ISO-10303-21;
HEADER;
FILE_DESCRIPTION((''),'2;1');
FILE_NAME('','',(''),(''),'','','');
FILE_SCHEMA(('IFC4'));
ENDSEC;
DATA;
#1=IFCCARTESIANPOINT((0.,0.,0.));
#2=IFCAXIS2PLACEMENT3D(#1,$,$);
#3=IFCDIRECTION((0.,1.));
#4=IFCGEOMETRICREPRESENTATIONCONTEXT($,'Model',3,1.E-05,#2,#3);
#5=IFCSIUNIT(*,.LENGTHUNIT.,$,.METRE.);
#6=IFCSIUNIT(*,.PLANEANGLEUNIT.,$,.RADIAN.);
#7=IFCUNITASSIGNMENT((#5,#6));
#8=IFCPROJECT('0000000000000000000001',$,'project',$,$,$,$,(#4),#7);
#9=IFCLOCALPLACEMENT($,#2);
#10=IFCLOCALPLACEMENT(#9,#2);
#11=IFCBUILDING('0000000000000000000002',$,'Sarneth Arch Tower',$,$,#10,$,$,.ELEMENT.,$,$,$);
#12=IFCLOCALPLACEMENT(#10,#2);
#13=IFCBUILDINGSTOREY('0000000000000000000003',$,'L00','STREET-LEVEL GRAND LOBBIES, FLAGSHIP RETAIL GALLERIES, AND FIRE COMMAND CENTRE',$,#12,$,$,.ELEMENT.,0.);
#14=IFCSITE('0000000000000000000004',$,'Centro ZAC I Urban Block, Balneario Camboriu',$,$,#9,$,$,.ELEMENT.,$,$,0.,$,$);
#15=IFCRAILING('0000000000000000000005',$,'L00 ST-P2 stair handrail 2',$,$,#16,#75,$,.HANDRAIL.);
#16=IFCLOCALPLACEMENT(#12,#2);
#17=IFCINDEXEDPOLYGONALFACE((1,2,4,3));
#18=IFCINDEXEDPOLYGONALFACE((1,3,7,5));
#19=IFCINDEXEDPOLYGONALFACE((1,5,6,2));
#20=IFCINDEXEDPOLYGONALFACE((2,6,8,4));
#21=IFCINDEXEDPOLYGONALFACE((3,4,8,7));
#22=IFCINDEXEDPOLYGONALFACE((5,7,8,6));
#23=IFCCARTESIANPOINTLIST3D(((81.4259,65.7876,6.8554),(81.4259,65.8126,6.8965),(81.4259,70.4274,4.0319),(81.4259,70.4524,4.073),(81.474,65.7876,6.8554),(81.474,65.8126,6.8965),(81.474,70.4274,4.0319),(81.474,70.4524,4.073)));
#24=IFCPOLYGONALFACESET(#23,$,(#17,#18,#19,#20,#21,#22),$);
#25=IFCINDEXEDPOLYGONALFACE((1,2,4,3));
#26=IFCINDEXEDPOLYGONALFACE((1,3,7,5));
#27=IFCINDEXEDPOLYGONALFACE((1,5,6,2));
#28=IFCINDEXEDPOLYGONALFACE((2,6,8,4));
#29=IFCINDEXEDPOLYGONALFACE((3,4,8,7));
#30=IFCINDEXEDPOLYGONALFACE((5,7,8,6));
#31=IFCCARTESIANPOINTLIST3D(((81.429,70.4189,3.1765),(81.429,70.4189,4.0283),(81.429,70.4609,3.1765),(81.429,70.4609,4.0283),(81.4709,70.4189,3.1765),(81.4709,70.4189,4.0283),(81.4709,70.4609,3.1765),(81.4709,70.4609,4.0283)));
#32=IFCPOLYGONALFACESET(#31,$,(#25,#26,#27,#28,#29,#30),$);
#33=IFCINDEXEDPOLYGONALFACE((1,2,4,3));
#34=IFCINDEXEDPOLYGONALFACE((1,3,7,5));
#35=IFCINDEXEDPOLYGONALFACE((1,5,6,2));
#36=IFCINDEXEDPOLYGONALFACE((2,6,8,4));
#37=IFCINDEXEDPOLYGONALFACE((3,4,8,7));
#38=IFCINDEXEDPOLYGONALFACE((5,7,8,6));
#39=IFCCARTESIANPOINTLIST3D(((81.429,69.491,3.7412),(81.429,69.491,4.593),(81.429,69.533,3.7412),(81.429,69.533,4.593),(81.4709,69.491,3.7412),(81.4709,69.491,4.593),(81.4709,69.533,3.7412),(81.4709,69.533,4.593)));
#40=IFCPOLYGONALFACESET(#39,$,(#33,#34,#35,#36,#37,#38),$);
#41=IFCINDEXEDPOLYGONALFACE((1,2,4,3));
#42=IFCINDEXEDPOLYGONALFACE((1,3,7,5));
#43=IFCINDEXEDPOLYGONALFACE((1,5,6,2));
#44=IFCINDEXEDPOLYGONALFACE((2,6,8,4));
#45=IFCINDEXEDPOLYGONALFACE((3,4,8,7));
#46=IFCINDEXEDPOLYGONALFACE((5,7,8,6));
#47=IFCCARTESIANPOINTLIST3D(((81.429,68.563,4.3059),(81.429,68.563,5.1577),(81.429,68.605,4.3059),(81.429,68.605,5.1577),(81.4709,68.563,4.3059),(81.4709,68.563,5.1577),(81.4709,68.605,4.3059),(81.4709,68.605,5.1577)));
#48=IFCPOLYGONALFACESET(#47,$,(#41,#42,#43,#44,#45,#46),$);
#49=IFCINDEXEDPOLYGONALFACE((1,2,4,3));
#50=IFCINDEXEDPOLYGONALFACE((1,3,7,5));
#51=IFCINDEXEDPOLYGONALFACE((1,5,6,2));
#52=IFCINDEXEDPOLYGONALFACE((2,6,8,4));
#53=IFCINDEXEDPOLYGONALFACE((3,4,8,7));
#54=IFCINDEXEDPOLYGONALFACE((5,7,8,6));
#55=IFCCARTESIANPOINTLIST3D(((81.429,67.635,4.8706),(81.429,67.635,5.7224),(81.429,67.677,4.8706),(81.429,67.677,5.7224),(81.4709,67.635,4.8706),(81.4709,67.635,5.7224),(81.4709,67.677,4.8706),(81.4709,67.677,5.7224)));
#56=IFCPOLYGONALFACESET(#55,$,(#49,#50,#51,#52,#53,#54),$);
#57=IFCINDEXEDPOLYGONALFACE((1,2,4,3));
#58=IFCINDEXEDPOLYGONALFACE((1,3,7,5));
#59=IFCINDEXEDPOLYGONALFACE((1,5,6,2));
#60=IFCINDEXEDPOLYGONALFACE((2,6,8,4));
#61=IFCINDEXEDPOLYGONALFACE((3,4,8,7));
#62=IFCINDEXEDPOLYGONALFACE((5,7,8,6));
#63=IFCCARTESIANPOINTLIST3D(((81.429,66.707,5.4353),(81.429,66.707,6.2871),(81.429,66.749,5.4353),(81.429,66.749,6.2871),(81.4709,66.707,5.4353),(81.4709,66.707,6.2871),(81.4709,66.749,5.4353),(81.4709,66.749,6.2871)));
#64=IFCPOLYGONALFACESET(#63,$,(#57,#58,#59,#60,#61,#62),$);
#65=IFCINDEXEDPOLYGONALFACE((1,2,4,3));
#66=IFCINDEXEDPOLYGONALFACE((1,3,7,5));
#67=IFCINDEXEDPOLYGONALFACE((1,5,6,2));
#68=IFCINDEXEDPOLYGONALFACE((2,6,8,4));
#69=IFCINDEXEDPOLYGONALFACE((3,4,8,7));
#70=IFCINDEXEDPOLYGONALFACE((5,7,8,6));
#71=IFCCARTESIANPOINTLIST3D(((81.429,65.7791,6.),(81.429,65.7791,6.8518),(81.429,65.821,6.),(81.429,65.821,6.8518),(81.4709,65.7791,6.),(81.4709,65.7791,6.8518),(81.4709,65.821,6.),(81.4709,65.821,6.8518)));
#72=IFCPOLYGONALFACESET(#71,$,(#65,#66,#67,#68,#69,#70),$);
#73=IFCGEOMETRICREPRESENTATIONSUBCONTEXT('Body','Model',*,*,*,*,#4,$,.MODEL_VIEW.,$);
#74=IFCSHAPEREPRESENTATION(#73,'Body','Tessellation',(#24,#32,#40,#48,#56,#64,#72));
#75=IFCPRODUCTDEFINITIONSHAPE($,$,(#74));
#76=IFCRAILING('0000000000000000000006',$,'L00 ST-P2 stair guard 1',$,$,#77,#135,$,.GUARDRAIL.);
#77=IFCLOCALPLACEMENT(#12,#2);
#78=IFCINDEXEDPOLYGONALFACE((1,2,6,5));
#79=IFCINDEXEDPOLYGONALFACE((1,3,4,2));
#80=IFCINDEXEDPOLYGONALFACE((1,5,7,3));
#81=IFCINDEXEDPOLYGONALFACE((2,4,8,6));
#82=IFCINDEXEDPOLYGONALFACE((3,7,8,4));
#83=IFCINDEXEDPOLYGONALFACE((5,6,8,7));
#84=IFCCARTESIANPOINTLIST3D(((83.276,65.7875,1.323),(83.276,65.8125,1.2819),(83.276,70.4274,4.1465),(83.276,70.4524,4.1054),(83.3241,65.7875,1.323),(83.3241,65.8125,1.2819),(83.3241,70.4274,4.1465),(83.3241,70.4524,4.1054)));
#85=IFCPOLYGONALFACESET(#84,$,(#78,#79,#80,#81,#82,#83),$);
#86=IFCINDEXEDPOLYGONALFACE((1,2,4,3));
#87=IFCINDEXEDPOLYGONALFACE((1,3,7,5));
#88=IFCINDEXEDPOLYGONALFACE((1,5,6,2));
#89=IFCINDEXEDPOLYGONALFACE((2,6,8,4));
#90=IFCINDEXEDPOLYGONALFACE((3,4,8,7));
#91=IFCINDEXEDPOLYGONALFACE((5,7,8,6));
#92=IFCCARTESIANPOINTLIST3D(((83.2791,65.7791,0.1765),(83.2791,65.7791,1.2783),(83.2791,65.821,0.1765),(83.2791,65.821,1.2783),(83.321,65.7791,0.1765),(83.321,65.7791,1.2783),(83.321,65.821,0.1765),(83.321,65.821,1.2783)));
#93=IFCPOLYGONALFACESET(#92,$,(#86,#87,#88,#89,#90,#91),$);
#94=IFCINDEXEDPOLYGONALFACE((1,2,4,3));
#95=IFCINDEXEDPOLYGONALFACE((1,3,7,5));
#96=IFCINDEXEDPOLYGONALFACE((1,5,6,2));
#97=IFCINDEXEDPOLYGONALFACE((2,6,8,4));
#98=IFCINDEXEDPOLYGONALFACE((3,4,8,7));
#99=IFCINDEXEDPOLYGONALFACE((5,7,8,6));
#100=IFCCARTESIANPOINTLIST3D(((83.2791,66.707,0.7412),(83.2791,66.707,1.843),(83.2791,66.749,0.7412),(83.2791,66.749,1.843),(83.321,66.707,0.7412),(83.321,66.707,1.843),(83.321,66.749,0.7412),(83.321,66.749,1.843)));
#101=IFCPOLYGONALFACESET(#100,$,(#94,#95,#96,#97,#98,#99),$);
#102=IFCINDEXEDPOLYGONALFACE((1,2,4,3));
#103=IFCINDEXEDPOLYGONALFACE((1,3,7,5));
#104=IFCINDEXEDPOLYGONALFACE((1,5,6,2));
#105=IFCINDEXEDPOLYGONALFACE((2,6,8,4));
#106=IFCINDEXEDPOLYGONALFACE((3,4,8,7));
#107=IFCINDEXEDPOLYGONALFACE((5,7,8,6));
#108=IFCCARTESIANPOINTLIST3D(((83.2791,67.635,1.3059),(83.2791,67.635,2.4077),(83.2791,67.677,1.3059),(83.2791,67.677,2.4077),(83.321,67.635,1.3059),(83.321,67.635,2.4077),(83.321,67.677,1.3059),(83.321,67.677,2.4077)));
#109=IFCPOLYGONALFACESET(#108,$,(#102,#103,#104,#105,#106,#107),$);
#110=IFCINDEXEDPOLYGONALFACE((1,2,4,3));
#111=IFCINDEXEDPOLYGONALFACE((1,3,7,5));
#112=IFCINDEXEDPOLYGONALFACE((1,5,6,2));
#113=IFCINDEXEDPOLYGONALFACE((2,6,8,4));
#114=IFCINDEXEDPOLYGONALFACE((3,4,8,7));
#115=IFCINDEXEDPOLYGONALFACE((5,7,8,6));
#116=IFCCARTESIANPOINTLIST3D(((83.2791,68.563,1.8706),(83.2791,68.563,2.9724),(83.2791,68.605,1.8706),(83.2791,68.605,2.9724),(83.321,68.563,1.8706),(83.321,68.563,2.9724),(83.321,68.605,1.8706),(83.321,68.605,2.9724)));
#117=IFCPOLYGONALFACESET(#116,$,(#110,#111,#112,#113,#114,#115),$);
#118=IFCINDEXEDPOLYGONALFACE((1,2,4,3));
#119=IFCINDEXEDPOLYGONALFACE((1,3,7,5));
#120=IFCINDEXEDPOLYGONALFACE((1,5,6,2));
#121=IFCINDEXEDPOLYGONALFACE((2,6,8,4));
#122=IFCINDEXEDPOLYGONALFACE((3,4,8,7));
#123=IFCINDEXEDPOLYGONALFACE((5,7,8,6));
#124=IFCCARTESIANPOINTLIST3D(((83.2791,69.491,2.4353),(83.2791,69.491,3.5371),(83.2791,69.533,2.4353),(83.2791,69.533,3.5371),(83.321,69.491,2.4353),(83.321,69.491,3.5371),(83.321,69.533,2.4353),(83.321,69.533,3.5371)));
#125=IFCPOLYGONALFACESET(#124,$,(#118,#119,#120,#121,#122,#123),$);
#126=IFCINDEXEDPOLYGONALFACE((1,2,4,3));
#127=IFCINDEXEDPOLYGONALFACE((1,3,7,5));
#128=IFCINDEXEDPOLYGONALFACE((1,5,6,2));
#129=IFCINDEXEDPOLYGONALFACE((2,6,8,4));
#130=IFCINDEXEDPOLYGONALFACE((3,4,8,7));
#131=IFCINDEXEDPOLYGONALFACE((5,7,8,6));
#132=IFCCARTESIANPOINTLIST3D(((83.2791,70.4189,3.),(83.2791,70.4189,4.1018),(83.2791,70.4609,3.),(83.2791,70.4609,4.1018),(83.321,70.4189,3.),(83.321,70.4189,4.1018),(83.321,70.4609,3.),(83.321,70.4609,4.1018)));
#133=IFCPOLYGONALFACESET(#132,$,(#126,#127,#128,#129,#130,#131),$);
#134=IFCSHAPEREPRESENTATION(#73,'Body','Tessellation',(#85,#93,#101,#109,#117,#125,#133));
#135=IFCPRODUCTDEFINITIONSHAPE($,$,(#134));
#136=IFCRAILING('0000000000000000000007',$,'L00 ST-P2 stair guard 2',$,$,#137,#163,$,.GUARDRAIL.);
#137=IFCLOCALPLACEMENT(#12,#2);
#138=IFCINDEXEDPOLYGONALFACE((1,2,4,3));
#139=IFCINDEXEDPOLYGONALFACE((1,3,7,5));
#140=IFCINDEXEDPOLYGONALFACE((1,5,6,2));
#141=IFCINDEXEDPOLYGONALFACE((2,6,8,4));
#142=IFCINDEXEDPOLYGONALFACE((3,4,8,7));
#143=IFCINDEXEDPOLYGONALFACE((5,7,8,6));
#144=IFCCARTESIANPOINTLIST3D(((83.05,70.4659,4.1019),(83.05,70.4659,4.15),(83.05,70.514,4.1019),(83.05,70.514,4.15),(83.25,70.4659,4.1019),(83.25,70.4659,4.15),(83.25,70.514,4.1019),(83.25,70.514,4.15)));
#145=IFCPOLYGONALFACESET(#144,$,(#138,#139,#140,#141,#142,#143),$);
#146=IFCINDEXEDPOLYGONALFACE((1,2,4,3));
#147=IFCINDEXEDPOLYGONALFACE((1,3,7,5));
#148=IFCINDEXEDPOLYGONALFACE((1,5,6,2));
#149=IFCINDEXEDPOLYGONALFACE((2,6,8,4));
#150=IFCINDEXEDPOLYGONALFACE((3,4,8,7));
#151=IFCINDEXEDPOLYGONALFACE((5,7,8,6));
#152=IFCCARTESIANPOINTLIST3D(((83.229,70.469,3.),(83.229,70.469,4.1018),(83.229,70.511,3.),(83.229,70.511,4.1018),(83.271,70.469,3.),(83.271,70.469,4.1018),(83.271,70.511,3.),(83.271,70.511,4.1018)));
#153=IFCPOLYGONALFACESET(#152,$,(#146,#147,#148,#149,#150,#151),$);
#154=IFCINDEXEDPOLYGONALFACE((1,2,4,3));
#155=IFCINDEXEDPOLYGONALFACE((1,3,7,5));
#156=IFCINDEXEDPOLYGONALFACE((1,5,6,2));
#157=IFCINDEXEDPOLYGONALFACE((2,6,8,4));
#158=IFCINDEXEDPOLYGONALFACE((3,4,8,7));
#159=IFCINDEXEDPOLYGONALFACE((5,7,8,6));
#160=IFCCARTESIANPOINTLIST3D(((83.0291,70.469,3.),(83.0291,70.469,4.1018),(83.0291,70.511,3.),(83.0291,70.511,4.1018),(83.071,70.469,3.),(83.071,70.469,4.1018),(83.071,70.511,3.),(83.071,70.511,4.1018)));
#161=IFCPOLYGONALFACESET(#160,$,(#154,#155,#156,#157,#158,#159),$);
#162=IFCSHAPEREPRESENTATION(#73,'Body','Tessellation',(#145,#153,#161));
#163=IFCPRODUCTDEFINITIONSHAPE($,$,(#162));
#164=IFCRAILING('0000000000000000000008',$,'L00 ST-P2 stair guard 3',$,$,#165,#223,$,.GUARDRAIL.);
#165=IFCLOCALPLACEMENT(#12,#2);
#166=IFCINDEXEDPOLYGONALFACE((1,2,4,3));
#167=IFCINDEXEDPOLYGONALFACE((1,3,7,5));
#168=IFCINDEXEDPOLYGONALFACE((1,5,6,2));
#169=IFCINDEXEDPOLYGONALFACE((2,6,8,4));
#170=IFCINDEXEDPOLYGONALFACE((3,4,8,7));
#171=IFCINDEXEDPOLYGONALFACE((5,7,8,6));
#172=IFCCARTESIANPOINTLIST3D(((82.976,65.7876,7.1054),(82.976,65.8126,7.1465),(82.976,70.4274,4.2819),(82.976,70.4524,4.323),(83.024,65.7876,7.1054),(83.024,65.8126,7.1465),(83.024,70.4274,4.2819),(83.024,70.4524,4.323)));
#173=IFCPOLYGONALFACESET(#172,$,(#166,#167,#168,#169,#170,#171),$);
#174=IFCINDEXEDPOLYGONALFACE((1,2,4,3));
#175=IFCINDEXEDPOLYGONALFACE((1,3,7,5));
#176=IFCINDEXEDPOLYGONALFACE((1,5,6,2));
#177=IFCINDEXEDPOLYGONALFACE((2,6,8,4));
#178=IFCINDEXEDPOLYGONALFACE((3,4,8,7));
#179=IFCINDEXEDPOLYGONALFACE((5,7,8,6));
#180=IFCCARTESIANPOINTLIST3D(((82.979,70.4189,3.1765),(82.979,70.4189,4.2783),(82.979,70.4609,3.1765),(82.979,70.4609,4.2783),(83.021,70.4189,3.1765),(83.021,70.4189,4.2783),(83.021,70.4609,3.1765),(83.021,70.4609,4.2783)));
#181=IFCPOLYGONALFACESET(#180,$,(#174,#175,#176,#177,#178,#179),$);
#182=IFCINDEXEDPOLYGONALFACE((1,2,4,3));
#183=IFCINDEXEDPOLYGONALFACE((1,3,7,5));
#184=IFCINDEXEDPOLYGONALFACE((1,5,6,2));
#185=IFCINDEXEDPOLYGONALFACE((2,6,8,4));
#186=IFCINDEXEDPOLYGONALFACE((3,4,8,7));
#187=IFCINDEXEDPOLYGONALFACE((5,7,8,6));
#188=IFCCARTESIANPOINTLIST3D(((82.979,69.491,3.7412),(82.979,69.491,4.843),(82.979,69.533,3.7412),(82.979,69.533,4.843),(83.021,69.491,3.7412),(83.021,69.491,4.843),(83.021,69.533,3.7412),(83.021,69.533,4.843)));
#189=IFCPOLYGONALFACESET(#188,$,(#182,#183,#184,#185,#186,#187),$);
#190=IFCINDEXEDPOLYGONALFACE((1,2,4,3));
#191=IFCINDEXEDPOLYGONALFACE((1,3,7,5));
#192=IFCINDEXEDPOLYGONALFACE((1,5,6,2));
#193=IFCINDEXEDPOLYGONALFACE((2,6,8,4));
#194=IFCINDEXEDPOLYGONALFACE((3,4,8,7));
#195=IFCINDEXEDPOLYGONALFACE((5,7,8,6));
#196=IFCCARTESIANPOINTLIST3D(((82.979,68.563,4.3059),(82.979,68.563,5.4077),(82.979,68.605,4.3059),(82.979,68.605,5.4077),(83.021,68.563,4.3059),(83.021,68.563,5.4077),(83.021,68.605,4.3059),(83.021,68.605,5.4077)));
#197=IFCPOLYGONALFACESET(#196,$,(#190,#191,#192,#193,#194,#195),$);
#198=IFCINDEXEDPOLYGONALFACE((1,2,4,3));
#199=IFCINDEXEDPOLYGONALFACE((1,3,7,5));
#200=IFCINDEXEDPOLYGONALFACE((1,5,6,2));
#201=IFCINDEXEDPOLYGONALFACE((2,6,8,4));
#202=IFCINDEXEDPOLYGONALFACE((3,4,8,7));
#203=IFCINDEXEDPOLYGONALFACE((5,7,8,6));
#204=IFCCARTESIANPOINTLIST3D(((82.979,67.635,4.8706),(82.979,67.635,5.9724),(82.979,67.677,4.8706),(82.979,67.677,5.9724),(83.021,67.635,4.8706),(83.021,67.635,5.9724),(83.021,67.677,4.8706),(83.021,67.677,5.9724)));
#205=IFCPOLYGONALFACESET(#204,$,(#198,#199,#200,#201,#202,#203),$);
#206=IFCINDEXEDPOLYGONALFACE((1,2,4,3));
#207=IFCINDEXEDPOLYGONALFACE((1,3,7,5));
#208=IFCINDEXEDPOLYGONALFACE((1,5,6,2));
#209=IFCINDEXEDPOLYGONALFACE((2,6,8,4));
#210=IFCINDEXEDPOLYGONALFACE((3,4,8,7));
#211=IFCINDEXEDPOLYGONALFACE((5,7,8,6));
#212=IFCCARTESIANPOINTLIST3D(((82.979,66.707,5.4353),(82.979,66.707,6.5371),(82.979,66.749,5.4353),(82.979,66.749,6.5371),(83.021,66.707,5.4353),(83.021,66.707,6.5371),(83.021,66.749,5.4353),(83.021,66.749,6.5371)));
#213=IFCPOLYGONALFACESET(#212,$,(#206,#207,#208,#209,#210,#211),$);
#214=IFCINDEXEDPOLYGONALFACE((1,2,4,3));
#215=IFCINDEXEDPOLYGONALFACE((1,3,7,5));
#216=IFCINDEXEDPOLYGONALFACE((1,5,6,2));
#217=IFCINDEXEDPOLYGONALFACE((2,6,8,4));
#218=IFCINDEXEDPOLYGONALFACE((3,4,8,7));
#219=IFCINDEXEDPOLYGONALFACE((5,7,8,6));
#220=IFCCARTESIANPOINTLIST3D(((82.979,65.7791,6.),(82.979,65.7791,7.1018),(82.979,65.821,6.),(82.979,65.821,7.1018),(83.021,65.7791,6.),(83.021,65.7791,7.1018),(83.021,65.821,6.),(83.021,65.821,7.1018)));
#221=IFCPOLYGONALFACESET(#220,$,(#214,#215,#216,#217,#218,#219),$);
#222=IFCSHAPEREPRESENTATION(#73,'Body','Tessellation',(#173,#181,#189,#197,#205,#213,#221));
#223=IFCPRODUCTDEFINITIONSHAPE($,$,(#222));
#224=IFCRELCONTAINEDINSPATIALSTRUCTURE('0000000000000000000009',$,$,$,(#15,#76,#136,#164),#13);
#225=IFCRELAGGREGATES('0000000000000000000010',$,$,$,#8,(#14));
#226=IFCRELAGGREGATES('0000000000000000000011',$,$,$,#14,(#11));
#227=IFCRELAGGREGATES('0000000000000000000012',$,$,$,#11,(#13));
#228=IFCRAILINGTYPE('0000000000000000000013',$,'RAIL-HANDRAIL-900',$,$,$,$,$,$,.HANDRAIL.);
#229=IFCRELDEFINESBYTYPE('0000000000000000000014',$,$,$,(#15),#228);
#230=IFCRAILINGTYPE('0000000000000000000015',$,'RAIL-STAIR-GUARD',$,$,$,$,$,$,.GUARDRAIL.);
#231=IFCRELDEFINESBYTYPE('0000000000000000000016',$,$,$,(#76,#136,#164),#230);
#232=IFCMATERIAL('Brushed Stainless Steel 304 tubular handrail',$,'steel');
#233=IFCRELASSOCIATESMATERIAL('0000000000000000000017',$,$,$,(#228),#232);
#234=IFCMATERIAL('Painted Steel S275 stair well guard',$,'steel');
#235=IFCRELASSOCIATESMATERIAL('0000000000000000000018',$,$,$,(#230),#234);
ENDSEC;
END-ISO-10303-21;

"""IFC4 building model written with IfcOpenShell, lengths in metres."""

from ifc_helpers import new_model, si_unit, direction, frame, origin, origin_2d, place, context, subcontext, project, spatial, rectangle, extrude, material, type_object, element, save


model = new_model("IFC4")

# Units and contexts
model_context = context("Model", 3, precision=1e-05, world=origin(), true_north=direction((0.0, 1.0)))
body_context = subcontext(model_context, "Body", "Model", "MODEL_VIEW")
ifc_project = project(units=[si_unit("LENGTHUNIT", "METRE"), si_unit("PLANEANGLEUNIT", "RADIAN")], contexts=[model_context])

# Site, building, storey
site_placement = place(None, origin())
site = spatial("IfcSite", under=ifc_project, at=site_placement, Name="Centro ZAC I Urban Block, Balneario Camboriu", CompositionType="ELEMENT", RefElevation=0.0)
building_placement = place(site_placement, origin())
building = spatial("IfcBuilding", under=site, at=building_placement, Name="Sarneth Arch Tower", CompositionType="ELEMENT")
storey_placement = place(building_placement, origin())
storey = spatial("IfcBuildingStorey", under=building, at=storey_placement, Name="L00", Description="STREET-LEVEL GRAND LOBBIES, FLAGSHIP RETAIL GALLERIES, AND FIRE COMMAND CENTRE", CompositionType="ELEMENT", Elevation=0.0)

# Railings
ifc_material_1 = material(Name="Brushed Stainless Steel 304 tubular handrail", Category="steel")
railing_type_1 = type_object("IfcRailingType", Name="RAIL-HANDRAIL-900", PredefinedType="HANDRAIL", material=ifc_material_1)
railing_1_placement = place(storey_placement, frame((81.45, 70.4399, 3.1765)))
element("IfcRailing", 1, at=railing_1_placement, inside=storey, type_object=railing_type_1, Name="L00 ST-P2 stair handrail 2", PredefinedType="HANDRAIL", context=body_context, shape_type="SweptSolid", body=[
    extrude(rectangle(XDim=0.0481, YDim=0.0481, at=origin_2d()), frame((0.0, 0.0, 0.876), z_axis=(0.0, -0.854264, 0.51984), x_axis=(1.0, 0.0, 0.0)), (0.0, 0.0, 1.0), 5.4314),
    extrude(rectangle(XDim=0.042, YDim=0.042, at=origin_2d()), origin(), (0.0, 0.0, 1.0), 0.8518),
    extrude(rectangle(XDim=0.042, YDim=0.042, at=origin_2d()), frame((0.0, -0.928, 0.5647)), (0.0, 0.0, 1.0), 0.8518),
    extrude(rectangle(XDim=0.042, YDim=0.042, at=origin_2d()), frame((0.0, -1.856, 1.1294)), (0.0, 0.0, 1.0), 0.8518),
    extrude(rectangle(XDim=0.042, YDim=0.042, at=origin_2d()), frame((0.0, -2.7839, 1.6941)), (0.0, 0.0, 1.0), 0.8518),
    extrude(rectangle(XDim=0.042, YDim=0.042, at=origin_2d()), frame((0.0, -3.7119, 2.2588)), (0.0, 0.0, 1.0), 0.8518),
    extrude(rectangle(XDim=0.042, YDim=0.042, at=origin_2d()), frame((0.0, -4.6399, 2.8235)), (0.0, 0.0, 1.0), 0.8518),
])
ifc_material_2 = material(Name="Painted Steel S275 stair well guard", Category="steel")
railing_type_2 = type_object("IfcRailingType", Name="RAIL-STAIR-GUARD", PredefinedType="GUARDRAIL", material=ifc_material_2)
railing_2_placement = place(storey_placement, frame((83.3, 65.8, 0.1765)))
element("IfcRailing", 2, at=railing_2_placement, inside=storey, type_object=railing_type_2, Name="L00 ST-P2 stair guard 1", PredefinedType="GUARDRAIL", context=body_context, shape_type="SweptSolid", body=[
    extrude(rectangle(XDim=0.0481, YDim=0.0481, at=origin_2d()), frame((0.0, 0.0, 1.126), z_axis=(0.0, 0.854264, 0.51984), x_axis=(-1.0, 0.0, 0.0)), (0.0, 0.0, 1.0), 5.4314),
    extrude(rectangle(XDim=0.042, YDim=0.042, at=origin_2d()), origin(), (0.0, 0.0, 1.0), 1.1018),
    extrude(rectangle(XDim=0.042, YDim=0.042, at=origin_2d()), frame((0.0, 0.928, 0.5647)), (0.0, 0.0, 1.0), 1.1018),
    extrude(rectangle(XDim=0.042, YDim=0.042, at=origin_2d()), frame((0.0, 1.856, 1.1294)), (0.0, 0.0, 1.0), 1.1018),
    extrude(rectangle(XDim=0.042, YDim=0.042, at=origin_2d()), frame((0.0, 2.7839, 1.6941)), (0.0, 0.0, 1.0), 1.1018),
    extrude(rectangle(XDim=0.042, YDim=0.042, at=origin_2d()), frame((0.0, 3.7119, 2.2588)), (0.0, 0.0, 1.0), 1.1018),
    extrude(rectangle(XDim=0.042, YDim=0.042, at=origin_2d()), frame((0.0, 4.6399, 2.8235)), (0.0, 0.0, 1.0), 1.1018),
])
railing_3_placement = place(storey_placement, frame((83.25, 70.49, 3.0)))
element("IfcRailing", 3, at=railing_3_placement, inside=storey, type_object=railing_type_2, Name="L00 ST-P2 stair guard 2", PredefinedType="GUARDRAIL", context=body_context, shape_type="SweptSolid", body=[
    extrude(rectangle(XDim=0.0481, YDim=0.0481, at=origin_2d()), frame((0.0, 0.0, 1.126), z_axis=(-1.0, 0.0, 0.0), x_axis=(0.0, -1.0, 0.0)), (0.0, 0.0, 1.0), 0.2),
    extrude(rectangle(XDim=0.042, YDim=0.042, at=origin_2d()), origin(), (0.0, 0.0, 1.0), 1.1018),
    extrude(rectangle(XDim=0.042, YDim=0.042, at=origin_2d()), frame((-0.2, 0.0, 0.0)), (0.0, 0.0, 1.0), 1.1018),
])
railing_4_placement = place(storey_placement, frame((83.0, 70.4399, 3.1765)))
element("IfcRailing", 4, at=railing_4_placement, inside=storey, type_object=railing_type_2, Name="L00 ST-P2 stair guard 3", PredefinedType="GUARDRAIL", context=body_context, shape_type="SweptSolid", body=[
    extrude(rectangle(XDim=0.0481, YDim=0.0481, at=origin_2d()), frame((0.0, 0.0, 1.126), z_axis=(0.0, -0.854264, 0.51984), x_axis=(1.0, 0.0, 0.0)), (0.0, 0.0, 1.0), 5.4314),
    extrude(rectangle(XDim=0.042, YDim=0.042, at=origin_2d()), origin(), (0.0, 0.0, 1.0), 1.1018),
    extrude(rectangle(XDim=0.042, YDim=0.042, at=origin_2d()), frame((0.0, -0.928, 0.5647)), (0.0, 0.0, 1.0), 1.1018),
    extrude(rectangle(XDim=0.042, YDim=0.042, at=origin_2d()), frame((0.0, -1.856, 1.1294)), (0.0, 0.0, 1.0), 1.1018),
    extrude(rectangle(XDim=0.042, YDim=0.042, at=origin_2d()), frame((0.0, -2.7839, 1.6941)), (0.0, 0.0, 1.0), 1.1018),
    extrude(rectangle(XDim=0.042, YDim=0.042, at=origin_2d()), frame((0.0, -3.7119, 2.2588)), (0.0, 0.0, 1.0), 1.1018),
    extrude(rectangle(XDim=0.042, YDim=0.042, at=origin_2d()), frame((0.0, -4.6399, 2.8235)), (0.0, 0.0, 1.0), 1.1018),
])

save(model, "model.ifc")
